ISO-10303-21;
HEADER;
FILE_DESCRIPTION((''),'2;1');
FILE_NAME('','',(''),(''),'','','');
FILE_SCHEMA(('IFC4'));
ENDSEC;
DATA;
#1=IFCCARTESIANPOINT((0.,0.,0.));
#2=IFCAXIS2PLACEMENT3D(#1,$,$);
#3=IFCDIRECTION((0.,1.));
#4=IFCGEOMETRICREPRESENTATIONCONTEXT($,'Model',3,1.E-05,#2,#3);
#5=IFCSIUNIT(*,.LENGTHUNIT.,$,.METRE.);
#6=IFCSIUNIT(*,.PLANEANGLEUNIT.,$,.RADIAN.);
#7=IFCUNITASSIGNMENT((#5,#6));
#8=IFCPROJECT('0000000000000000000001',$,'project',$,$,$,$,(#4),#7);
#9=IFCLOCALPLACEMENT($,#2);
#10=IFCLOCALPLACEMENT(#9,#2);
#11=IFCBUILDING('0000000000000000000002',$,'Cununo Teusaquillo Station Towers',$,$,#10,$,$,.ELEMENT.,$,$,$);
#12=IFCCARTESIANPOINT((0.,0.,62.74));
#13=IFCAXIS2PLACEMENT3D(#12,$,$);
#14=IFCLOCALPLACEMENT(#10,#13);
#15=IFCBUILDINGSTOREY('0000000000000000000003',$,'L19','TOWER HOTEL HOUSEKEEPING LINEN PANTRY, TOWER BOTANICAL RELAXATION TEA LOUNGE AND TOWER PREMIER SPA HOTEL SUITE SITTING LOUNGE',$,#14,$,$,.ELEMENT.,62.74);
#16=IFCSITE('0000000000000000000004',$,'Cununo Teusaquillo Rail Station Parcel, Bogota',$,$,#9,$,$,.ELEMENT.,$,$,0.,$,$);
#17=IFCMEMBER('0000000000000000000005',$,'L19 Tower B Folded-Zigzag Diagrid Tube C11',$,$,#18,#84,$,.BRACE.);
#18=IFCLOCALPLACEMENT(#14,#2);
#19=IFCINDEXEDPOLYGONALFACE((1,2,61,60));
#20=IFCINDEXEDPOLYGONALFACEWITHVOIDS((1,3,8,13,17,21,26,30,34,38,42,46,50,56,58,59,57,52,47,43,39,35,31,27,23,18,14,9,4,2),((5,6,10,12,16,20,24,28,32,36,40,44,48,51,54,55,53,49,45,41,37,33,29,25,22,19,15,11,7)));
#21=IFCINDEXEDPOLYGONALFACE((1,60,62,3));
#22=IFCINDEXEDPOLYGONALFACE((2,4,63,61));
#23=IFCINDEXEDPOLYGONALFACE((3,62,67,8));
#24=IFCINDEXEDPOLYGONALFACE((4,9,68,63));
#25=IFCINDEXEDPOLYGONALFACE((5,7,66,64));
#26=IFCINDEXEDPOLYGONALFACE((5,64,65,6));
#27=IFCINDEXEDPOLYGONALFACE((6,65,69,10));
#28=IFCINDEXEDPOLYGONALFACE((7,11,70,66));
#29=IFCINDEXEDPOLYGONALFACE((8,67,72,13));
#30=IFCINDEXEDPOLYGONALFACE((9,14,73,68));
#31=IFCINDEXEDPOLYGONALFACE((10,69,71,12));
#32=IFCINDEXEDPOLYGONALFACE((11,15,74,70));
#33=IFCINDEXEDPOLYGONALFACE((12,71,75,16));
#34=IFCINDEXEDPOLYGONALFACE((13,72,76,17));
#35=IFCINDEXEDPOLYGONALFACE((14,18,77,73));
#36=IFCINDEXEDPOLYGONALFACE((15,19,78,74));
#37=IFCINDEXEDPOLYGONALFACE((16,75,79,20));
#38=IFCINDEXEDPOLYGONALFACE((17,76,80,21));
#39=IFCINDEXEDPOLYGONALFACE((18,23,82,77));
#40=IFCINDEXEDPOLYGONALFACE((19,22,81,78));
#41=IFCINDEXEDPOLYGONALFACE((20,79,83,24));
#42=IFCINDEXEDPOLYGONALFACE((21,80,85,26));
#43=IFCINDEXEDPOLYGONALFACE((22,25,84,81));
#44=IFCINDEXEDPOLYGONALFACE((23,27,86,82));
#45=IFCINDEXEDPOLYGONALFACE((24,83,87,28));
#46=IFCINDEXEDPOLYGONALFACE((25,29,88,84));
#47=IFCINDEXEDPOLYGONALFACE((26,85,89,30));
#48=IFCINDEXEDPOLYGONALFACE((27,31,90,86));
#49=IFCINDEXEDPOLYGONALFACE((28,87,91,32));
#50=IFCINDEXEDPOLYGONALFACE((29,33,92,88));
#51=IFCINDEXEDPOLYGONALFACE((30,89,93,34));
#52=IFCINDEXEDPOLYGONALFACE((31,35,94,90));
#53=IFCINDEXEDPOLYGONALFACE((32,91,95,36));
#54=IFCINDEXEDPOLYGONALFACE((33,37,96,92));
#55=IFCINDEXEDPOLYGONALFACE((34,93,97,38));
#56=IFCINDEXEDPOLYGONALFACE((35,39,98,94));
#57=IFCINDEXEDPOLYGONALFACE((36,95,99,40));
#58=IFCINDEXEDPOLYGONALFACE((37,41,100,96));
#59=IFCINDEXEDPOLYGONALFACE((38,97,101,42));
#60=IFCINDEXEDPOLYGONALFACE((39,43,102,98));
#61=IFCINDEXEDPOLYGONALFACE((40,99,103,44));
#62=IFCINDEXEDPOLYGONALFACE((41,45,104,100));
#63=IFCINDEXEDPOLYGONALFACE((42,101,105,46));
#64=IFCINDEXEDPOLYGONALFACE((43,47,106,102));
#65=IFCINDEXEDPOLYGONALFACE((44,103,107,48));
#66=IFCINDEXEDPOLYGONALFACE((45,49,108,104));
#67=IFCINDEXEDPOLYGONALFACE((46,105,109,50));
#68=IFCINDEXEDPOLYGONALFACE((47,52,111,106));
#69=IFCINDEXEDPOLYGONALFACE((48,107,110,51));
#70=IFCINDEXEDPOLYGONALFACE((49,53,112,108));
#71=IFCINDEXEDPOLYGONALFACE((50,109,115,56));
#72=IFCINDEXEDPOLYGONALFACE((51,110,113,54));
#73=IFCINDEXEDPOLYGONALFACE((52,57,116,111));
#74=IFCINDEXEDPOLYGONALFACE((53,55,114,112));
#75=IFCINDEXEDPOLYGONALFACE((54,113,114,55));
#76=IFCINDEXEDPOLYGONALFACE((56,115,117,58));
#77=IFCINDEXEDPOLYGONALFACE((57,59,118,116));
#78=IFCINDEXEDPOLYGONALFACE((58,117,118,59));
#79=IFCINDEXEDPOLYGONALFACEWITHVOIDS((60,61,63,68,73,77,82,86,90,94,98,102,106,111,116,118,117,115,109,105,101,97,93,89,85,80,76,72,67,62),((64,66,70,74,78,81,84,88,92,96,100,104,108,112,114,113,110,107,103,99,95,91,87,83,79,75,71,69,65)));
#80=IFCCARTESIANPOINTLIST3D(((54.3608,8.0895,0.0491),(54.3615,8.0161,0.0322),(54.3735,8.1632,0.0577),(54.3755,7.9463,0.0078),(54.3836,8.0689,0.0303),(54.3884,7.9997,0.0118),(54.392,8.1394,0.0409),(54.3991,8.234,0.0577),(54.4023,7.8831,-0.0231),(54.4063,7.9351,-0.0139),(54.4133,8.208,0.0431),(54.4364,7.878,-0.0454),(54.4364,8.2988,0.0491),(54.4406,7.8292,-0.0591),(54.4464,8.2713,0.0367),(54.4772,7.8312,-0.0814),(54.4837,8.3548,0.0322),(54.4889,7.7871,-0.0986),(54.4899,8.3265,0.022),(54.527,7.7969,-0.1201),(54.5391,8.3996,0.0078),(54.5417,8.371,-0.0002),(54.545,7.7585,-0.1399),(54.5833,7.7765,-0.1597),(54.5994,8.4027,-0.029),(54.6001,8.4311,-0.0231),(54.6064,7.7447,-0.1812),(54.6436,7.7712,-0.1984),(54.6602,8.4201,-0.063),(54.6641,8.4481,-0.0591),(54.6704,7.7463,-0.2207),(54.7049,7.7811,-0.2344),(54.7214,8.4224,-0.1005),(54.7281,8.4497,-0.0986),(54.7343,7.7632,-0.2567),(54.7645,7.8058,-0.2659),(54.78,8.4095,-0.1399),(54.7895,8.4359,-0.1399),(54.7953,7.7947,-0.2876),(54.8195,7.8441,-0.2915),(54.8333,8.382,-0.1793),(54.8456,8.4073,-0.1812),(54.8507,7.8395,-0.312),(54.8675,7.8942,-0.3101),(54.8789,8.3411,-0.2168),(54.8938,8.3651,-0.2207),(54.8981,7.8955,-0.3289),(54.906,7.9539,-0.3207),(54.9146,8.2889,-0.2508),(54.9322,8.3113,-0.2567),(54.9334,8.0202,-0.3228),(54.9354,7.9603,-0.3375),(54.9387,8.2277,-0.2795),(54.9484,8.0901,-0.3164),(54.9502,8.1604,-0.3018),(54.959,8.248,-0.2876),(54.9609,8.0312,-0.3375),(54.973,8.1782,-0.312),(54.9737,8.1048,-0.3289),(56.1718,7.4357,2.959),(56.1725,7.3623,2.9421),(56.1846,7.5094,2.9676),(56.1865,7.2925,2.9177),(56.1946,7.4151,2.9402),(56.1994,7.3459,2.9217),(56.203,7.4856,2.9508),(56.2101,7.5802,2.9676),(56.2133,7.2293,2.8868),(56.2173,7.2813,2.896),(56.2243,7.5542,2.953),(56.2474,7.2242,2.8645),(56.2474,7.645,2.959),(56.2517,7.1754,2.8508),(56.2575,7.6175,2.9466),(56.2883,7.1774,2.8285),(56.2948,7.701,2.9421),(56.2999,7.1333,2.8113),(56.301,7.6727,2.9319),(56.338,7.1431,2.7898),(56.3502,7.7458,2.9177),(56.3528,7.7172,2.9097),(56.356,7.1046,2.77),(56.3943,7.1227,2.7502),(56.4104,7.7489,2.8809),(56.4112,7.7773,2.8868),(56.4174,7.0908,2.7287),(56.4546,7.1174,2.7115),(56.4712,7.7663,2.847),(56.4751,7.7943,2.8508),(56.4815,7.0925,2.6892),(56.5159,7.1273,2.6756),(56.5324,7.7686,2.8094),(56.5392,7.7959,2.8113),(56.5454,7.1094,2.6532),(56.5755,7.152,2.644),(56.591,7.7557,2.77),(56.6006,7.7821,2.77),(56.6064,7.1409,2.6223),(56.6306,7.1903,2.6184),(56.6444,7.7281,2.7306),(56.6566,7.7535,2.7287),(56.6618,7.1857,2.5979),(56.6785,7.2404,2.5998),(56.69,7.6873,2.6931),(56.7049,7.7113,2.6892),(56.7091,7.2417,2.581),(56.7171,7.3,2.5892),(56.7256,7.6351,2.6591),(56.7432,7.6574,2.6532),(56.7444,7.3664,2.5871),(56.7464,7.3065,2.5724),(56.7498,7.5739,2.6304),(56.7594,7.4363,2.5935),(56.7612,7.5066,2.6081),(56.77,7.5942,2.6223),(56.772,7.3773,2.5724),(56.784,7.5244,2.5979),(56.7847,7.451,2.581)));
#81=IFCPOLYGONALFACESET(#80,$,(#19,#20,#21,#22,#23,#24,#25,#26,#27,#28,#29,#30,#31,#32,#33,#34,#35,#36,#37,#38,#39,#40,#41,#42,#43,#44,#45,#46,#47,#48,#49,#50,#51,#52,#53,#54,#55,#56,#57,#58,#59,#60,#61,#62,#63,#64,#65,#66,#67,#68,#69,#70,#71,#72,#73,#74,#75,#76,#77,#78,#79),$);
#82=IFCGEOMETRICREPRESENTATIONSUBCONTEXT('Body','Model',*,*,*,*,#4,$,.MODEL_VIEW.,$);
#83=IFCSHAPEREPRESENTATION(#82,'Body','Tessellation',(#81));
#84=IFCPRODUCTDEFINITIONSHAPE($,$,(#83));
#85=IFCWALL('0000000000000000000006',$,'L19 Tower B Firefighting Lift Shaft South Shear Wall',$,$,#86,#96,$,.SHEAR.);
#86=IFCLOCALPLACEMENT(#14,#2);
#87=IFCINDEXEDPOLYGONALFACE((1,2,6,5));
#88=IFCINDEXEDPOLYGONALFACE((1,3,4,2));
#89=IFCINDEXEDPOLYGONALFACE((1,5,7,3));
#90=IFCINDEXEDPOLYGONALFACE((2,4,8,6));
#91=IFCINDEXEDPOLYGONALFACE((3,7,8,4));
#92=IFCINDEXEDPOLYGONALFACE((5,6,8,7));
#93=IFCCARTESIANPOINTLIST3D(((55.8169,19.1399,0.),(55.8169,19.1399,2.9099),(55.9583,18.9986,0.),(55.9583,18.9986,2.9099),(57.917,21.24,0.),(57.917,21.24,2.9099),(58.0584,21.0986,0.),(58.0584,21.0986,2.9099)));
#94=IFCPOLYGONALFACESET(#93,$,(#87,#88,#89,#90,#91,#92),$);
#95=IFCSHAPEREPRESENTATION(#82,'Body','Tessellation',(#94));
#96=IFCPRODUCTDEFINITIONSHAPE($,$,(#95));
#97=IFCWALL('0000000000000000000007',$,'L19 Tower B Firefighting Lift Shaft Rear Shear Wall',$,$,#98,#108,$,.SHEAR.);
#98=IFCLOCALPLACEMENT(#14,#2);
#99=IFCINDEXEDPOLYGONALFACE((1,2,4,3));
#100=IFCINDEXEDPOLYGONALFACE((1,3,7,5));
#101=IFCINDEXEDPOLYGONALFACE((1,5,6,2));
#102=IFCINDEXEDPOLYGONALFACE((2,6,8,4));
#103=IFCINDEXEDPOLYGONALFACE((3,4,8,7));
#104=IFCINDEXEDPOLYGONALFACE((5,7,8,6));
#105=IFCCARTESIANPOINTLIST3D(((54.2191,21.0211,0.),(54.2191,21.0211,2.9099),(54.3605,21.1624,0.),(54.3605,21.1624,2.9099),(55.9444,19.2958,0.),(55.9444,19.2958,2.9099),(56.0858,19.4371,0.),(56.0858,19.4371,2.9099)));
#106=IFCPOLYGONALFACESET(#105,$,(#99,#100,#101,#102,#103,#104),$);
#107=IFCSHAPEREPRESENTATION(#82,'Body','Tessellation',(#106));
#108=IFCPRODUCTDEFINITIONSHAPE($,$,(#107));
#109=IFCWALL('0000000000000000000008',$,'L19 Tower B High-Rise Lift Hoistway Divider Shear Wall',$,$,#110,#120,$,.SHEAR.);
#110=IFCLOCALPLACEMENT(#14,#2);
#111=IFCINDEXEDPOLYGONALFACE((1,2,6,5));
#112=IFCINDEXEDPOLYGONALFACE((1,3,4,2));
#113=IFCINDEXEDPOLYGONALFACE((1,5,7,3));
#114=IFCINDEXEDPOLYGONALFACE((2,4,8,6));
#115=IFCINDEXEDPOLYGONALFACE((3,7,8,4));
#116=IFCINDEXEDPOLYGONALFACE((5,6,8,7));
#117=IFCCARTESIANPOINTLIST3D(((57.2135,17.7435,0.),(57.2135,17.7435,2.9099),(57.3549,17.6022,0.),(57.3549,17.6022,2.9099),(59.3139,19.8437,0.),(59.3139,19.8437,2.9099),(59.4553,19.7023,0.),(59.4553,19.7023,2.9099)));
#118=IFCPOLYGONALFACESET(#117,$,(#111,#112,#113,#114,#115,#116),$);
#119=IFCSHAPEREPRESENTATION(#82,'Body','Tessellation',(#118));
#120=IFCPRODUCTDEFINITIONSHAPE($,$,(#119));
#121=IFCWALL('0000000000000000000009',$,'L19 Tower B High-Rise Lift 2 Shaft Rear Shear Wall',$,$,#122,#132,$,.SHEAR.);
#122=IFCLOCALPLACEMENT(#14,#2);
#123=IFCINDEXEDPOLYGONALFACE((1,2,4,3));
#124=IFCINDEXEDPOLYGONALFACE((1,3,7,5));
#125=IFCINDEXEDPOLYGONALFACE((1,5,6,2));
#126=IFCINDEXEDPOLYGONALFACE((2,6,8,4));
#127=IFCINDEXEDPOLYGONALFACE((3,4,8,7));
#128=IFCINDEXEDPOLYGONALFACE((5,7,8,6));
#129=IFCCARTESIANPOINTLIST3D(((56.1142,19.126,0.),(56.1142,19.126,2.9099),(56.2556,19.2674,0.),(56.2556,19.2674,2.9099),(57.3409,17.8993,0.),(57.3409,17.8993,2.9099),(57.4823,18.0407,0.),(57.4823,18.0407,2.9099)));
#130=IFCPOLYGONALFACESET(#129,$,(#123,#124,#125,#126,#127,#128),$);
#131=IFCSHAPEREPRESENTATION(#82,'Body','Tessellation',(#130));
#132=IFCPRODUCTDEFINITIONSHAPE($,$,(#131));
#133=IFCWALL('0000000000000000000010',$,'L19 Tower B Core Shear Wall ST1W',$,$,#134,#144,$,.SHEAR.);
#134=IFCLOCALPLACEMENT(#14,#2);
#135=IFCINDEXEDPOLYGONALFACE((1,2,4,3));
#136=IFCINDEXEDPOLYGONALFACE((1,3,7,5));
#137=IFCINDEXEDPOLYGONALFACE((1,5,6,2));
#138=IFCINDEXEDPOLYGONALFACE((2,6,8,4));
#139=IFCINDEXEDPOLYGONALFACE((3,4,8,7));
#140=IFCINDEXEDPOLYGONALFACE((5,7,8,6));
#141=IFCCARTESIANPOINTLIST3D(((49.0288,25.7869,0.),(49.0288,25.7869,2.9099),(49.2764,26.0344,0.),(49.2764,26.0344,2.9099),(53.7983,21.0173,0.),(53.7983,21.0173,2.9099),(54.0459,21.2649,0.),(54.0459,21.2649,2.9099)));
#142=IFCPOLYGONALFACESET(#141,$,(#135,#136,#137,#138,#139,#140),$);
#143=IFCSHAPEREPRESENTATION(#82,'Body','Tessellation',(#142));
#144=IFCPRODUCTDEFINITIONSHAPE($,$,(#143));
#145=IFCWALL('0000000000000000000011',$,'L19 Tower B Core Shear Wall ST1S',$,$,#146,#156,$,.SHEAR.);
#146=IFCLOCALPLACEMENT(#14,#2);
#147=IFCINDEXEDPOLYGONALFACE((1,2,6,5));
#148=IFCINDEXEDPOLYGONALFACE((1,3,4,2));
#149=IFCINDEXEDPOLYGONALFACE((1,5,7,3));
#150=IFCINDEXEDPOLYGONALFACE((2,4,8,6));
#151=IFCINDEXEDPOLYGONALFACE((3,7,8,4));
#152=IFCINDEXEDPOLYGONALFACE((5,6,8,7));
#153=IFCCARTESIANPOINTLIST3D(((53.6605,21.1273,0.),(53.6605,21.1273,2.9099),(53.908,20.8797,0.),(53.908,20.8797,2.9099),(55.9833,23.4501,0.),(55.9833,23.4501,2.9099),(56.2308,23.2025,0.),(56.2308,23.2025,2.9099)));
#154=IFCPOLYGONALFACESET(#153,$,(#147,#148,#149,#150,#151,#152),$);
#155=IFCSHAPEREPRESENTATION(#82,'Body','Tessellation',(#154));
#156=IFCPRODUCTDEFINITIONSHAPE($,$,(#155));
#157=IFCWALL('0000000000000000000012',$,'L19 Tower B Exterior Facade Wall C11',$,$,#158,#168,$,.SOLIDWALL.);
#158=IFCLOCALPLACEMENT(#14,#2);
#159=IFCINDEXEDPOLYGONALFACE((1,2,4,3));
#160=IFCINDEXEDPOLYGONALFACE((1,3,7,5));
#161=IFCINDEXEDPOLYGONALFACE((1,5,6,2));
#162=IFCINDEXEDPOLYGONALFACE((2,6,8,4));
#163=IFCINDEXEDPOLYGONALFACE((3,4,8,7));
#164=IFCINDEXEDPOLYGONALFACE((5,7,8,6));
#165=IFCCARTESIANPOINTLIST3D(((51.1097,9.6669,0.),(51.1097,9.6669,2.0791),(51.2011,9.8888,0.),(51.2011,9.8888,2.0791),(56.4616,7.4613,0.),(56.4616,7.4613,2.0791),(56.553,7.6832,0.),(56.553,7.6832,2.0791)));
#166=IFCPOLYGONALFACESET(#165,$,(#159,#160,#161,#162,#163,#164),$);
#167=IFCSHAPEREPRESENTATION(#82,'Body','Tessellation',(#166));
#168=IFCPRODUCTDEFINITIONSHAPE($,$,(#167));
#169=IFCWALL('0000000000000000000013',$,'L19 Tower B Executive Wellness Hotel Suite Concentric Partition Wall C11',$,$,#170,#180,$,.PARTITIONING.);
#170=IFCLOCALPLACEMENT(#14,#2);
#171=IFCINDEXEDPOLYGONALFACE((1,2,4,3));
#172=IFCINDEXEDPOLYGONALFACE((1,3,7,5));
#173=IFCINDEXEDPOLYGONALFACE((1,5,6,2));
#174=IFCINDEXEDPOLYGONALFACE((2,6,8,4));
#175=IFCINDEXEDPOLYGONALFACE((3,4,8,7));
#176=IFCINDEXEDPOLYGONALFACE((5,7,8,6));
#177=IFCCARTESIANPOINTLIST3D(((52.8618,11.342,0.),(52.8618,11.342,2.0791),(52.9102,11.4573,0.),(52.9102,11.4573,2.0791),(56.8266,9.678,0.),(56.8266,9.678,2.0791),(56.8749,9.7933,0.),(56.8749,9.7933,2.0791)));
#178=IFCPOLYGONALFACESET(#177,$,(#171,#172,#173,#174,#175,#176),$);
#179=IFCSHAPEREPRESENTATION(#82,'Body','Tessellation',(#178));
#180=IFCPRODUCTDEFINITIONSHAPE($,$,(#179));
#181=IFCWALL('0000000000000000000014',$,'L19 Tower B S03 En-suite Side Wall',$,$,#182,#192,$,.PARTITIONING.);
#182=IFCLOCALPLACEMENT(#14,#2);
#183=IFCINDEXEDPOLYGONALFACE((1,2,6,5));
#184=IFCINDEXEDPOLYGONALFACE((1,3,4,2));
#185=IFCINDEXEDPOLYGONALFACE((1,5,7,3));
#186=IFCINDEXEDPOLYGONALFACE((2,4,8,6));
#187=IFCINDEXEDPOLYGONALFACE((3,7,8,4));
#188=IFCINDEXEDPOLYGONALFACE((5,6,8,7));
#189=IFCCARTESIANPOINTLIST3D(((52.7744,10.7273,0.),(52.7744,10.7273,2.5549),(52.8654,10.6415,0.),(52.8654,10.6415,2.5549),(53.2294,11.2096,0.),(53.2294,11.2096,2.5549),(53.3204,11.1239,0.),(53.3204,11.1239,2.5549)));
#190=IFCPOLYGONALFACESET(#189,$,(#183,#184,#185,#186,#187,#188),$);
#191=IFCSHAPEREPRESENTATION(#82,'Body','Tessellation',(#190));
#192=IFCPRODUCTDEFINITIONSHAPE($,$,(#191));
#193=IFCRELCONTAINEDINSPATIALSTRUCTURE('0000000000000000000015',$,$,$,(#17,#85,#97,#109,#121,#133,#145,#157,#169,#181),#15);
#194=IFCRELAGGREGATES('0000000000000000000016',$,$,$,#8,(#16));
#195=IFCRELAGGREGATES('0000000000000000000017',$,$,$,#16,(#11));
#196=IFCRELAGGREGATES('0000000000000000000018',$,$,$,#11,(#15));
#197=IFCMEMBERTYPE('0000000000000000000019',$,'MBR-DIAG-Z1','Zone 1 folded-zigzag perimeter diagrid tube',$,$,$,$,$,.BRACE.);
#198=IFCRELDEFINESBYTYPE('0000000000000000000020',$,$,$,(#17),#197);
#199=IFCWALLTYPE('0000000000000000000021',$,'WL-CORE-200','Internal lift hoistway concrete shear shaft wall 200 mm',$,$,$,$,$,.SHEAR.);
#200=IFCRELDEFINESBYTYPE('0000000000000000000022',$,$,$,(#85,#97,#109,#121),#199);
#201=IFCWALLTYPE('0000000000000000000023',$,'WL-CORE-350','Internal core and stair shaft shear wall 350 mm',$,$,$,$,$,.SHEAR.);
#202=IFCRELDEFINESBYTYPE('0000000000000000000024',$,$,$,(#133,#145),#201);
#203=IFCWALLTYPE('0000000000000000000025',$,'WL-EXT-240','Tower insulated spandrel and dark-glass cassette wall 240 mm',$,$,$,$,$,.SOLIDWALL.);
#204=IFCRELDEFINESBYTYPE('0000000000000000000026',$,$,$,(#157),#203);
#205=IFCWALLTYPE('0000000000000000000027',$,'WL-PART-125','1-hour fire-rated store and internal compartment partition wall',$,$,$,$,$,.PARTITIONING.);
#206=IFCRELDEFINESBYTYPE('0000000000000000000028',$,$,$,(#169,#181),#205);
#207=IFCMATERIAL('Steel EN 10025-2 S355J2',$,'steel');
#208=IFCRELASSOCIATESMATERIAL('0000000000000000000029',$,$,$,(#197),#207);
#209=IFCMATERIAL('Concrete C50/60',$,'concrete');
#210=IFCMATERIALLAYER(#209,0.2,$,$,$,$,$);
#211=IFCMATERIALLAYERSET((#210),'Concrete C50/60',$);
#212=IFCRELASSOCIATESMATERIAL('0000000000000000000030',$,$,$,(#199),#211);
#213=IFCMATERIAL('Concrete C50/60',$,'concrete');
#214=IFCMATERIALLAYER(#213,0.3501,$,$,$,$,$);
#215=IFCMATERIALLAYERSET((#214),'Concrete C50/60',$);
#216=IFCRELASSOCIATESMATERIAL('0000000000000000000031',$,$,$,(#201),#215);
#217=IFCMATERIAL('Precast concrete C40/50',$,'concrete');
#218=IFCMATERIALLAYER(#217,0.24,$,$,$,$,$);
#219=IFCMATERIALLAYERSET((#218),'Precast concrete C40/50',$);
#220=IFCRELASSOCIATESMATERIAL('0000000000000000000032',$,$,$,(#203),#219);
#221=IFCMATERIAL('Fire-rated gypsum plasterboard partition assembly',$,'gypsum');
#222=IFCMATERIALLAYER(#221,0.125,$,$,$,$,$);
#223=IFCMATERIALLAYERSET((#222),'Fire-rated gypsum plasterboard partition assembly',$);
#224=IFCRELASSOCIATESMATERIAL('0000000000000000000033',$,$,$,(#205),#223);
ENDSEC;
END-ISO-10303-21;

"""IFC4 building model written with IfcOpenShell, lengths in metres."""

from ifc_helpers import new_model, si_unit, direction, frame, frame_2d, origin, origin_2d, place, context, subcontext, project, spatial, rectangle, hollow_circle, extrude, material, layer, layer_set, material_profile, profile_set, type_object, element, save


model = new_model("IFC4")

# Units and contexts
model_context = context("Model", 3, precision=1e-05, world=origin(), true_north=direction((0.0, 1.0)))
body_context = subcontext(model_context, "Body", "Model", "MODEL_VIEW")
ifc_project = project(units=[si_unit("LENGTHUNIT", "METRE"), si_unit("PLANEANGLEUNIT", "RADIAN")], contexts=[model_context])

# Site, building, storey
site_placement = place(None, origin())
site = spatial("IfcSite", under=ifc_project, at=site_placement, Name="Cununo Teusaquillo Rail Station Parcel, Bogota", CompositionType="ELEMENT", RefElevation=0.0)
building_placement = place(site_placement, origin())
building = spatial("IfcBuilding", under=site, at=building_placement, Name="Cununo Teusaquillo Station Towers", CompositionType="ELEMENT")
storey_placement = place(building_placement, frame((0.0, 0.0, 62.74)))
storey = spatial("IfcBuildingStorey", under=building, at=storey_placement, Name="L19", Description="TOWER HOTEL HOUSEKEEPING LINEN PANTRY, TOWER BOTANICAL RELAXATION TEA LOUNGE AND TOWER PREMIER SPA HOTEL SUITE SITTING LOUNGE", CompositionType="ELEMENT", Elevation=62.74)

# Member
ifc_material_1 = material(Name="Steel EN 10025-2 S355J2", Category="steel")
ifc_material_profile_1 = material_profile(ifc_material_1, hollow_circle(Radius=0.3601, WallThickness=0.0281, at=origin_2d()), Name="CHS 720x28")
ifc_profile_set_1 = profile_set([ifc_material_profile_1], Name="Steel EN 10025-2 S355J2")
member_type = type_object("IfcMemberType", Name="MBR-DIAG-Z1", Description="Zone 1 folded-zigzag perimeter diagrid tube", PredefinedType="BRACE", material=ifc_profile_set_1)
member_placement = place(storey_placement, frame((54.6672, 8.0972, -0.1399), z_axis=(0.519032, -0.187378, 0.833964), x_axis=(0.339563, 0.940583, 0.0)))
element("IfcMember", 1, at=member_placement, inside=storey, type_object=member_type, Name="L19 Tower B Folded-Zigzag Diagrid Tube C11", PredefinedType="BRACE", context=body_context, shape_type="SweptSolid", body=[
    extrude(hollow_circle(Radius=0.3601, WallThickness=0.0281, at=origin_2d()), origin(), (0.0, 0.0, 1.0), 3.4893),
])

# Walls
ifc_material_2 = material(Name="Concrete C50/60", Category="concrete")
ifc_layer_1 = layer(ifc_material_2, 0.2)
ifc_layer_set_1 = layer_set([ifc_layer_1], Name="Concrete C50/60")
wall_type_1 = type_object("IfcWallType", Name="WL-CORE-200", Description="Internal lift hoistway concrete shear shaft wall 200 mm", PredefinedType="SHEAR", material=ifc_layer_set_1)
wall_1_placement = place(storey_placement, frame((55.8877, 19.0693, 0.0), z_axis=(0.0, 0.0, 1.0), x_axis=(0.707107, 0.707107, 0.0)))
element("IfcWall", 2, at=wall_1_placement, inside=storey, type_object=wall_type_1, Name="L19 Tower B Firefighting Lift Shaft South Shear Wall", PredefinedType="SHEAR", context=body_context, shape_type="SweptSolid", body=[
    extrude(rectangle(XDim=2.97, YDim=0.2, at=frame_2d((1.4849, 0.0))), origin(), (0.0, 0.0, 1.0), 2.9099),
])
wall_2_placement = place(storey_placement, frame((56.0151, 19.3665, 0.0), z_axis=(0.0, 0.0, 1.0), x_axis=(-0.707107, 0.707107, 0.0)))
element("IfcWall", 3, at=wall_2_placement, inside=storey, type_object=wall_type_1, Name="L19 Tower B Firefighting Lift Shaft Rear Shear Wall", PredefinedType="SHEAR", context=body_context, shape_type="SweptSolid", body=[
    extrude(rectangle(XDim=2.4399, YDim=0.2, at=frame_2d((1.22, 0.0))), origin(), (0.0, 0.0, 1.0), 2.9099),
])
wall_3_placement = place(storey_placement, frame((57.2842, 17.6729, 0.0), z_axis=(0.0, 0.0, 1.0), x_axis=(0.707148, 0.707066, 0.0)))
element("IfcWall", 4, at=wall_3_placement, inside=storey, type_object=wall_type_1, Name="L19 Tower B High-Rise Lift Hoistway Divider Shear Wall", PredefinedType="SHEAR", context=body_context, shape_type="SweptSolid", body=[
    extrude(rectangle(XDim=2.9702, YDim=0.2, at=frame_2d((1.4851, 0.0))), origin(), (0.0, 0.0, 1.0), 2.9099),
])
wall_4_placement = place(storey_placement, frame((57.4116, 17.97, 0.0), z_axis=(0.0, 0.0, 1.0), x_axis=(-0.707107, 0.707107, 0.0)))
element("IfcWall", 5, at=wall_4_placement, inside=storey, type_object=wall_type_1, Name="L19 Tower B High-Rise Lift 2 Shaft Rear Shear Wall", PredefinedType="SHEAR", context=body_context, shape_type="SweptSolid", body=[
    extrude(rectangle(XDim=1.7349, YDim=0.2, at=frame_2d((0.8674, 0.0))), origin(), (0.0, 0.0, 1.0), 2.9099),
])
ifc_material_3 = material(Name="Concrete C50/60", Category="concrete")
ifc_layer_2 = layer(ifc_material_3, 0.3501)
ifc_layer_set_2 = layer_set([ifc_layer_2], Name="Concrete C50/60")
wall_type_2 = type_object("IfcWallType", Name="WL-CORE-350", Description="Internal core and stair shaft shear wall 350 mm", PredefinedType="SHEAR", material=ifc_layer_set_2)
wall_5_placement = place(storey_placement, frame((53.9221, 21.1411, 0.0), z_axis=(0.0, 0.0, 1.0), x_axis=(-0.707107, 0.707107, 0.0)))
element("IfcWall", 6, at=wall_5_placement, inside=storey, type_object=wall_type_2, Name="L19 Tower B Core Shear Wall ST1W", PredefinedType="SHEAR", context=body_context, shape_type="SweptSolid", body=[
    extrude(rectangle(XDim=6.7451, YDim=0.3501, at=frame_2d((3.3726, 0.0))), origin(), (0.0, 0.0, 1.0), 2.9099),
])
wall_6_placement = place(storey_placement, frame((53.7842, 21.0034, 0.0), z_axis=(0.0, 0.0, 1.0), x_axis=(0.707107, 0.707107, 0.0)))
element("IfcWall", 7, at=wall_6_placement, inside=storey, type_object=wall_type_2, Name="L19 Tower B Core Shear Wall ST1S", PredefinedType="SHEAR", context=body_context, shape_type="SweptSolid", body=[
    extrude(rectangle(XDim=3.2849, YDim=0.3501, at=frame_2d((1.6426, 0.0))), origin(), (0.0, 0.0, 1.0), 2.9099),
])
ifc_material_4 = material(Name="Precast concrete C40/50", Category="concrete")
ifc_layer_3 = layer(ifc_material_4, 0.24)
ifc_layer_set_3 = layer_set([ifc_layer_3], Name="Precast concrete C40/50")
wall_type_3 = type_object("IfcWallType", Name="WL-EXT-240", Description="Tower insulated spandrel and dark-glass cassette wall 240 mm", PredefinedType="SOLIDWALL", material=ifc_layer_set_3)
wall_7_placement = place(storey_placement, frame((56.5073, 7.5723, 0.0), z_axis=(0.0, 0.0, 1.0), x_axis=(-0.924564, 0.381028, 0.0)))
element("IfcWall", 8, at=wall_7_placement, inside=storey, type_object=wall_type_3, Name="L19 Tower B Exterior Facade Wall C11", PredefinedType="SOLIDWALL", context=body_context, shape_type="SweptSolid", body=[
    extrude(rectangle(XDim=5.7886, YDim=0.24, at=frame_2d((2.8943, 0.0))), origin(), (0.0, 0.0, 1.0), 2.0791),
])
ifc_material_5 = material(Name="Fire-rated gypsum plasterboard partition assembly", Category="gypsum")
ifc_layer_4 = layer(ifc_material_5, 0.125)
ifc_layer_set_4 = layer_set([ifc_layer_4], Name="Fire-rated gypsum plasterboard partition assembly")
wall_type_4 = type_object("IfcWallType", Name="WL-PART-125", Description="1-hour fire-rated store and internal compartment partition wall", PredefinedType="PARTITIONING", material=ifc_layer_set_4)
wall_8_placement = place(storey_placement, frame((52.886, 11.3997, 0.0), z_axis=(0.0, 0.0, 1.0), x_axis=(0.922079, -0.387001, 0.0)))
element("IfcWall", 9, at=wall_8_placement, inside=storey, type_object=wall_type_4, Name="L19 Tower B Executive Wellness Hotel Suite Concentric Partition Wall C11", PredefinedType="PARTITIONING", context=body_context, shape_type="SweptSolid", body=[
    extrude(rectangle(XDim=4.2998, YDim=0.125, at=frame_2d((2.1499, 0.0))), origin(), (0.0, 0.0, 1.0), 2.0791),
])
wall_9_placement = place(storey_placement, frame((53.2749, 11.1667, 0.0), z_axis=(0.0, 0.0, 1.0), x_axis=(-0.686191, -0.727421, 0.0)))
element("IfcWall", 10, at=wall_9_placement, inside=storey, type_object=wall_type_4, Name="L19 Tower B S03 En-suite Side Wall", PredefinedType="PARTITIONING", context=body_context, shape_type="SweptSolid", body=[
    extrude(rectangle(XDim=0.6631, YDim=0.125, at=frame_2d((0.3315, 0.0))), origin(), (0.0, 0.0, 1.0), 2.5549),
])

save(model, "model.ifc")
